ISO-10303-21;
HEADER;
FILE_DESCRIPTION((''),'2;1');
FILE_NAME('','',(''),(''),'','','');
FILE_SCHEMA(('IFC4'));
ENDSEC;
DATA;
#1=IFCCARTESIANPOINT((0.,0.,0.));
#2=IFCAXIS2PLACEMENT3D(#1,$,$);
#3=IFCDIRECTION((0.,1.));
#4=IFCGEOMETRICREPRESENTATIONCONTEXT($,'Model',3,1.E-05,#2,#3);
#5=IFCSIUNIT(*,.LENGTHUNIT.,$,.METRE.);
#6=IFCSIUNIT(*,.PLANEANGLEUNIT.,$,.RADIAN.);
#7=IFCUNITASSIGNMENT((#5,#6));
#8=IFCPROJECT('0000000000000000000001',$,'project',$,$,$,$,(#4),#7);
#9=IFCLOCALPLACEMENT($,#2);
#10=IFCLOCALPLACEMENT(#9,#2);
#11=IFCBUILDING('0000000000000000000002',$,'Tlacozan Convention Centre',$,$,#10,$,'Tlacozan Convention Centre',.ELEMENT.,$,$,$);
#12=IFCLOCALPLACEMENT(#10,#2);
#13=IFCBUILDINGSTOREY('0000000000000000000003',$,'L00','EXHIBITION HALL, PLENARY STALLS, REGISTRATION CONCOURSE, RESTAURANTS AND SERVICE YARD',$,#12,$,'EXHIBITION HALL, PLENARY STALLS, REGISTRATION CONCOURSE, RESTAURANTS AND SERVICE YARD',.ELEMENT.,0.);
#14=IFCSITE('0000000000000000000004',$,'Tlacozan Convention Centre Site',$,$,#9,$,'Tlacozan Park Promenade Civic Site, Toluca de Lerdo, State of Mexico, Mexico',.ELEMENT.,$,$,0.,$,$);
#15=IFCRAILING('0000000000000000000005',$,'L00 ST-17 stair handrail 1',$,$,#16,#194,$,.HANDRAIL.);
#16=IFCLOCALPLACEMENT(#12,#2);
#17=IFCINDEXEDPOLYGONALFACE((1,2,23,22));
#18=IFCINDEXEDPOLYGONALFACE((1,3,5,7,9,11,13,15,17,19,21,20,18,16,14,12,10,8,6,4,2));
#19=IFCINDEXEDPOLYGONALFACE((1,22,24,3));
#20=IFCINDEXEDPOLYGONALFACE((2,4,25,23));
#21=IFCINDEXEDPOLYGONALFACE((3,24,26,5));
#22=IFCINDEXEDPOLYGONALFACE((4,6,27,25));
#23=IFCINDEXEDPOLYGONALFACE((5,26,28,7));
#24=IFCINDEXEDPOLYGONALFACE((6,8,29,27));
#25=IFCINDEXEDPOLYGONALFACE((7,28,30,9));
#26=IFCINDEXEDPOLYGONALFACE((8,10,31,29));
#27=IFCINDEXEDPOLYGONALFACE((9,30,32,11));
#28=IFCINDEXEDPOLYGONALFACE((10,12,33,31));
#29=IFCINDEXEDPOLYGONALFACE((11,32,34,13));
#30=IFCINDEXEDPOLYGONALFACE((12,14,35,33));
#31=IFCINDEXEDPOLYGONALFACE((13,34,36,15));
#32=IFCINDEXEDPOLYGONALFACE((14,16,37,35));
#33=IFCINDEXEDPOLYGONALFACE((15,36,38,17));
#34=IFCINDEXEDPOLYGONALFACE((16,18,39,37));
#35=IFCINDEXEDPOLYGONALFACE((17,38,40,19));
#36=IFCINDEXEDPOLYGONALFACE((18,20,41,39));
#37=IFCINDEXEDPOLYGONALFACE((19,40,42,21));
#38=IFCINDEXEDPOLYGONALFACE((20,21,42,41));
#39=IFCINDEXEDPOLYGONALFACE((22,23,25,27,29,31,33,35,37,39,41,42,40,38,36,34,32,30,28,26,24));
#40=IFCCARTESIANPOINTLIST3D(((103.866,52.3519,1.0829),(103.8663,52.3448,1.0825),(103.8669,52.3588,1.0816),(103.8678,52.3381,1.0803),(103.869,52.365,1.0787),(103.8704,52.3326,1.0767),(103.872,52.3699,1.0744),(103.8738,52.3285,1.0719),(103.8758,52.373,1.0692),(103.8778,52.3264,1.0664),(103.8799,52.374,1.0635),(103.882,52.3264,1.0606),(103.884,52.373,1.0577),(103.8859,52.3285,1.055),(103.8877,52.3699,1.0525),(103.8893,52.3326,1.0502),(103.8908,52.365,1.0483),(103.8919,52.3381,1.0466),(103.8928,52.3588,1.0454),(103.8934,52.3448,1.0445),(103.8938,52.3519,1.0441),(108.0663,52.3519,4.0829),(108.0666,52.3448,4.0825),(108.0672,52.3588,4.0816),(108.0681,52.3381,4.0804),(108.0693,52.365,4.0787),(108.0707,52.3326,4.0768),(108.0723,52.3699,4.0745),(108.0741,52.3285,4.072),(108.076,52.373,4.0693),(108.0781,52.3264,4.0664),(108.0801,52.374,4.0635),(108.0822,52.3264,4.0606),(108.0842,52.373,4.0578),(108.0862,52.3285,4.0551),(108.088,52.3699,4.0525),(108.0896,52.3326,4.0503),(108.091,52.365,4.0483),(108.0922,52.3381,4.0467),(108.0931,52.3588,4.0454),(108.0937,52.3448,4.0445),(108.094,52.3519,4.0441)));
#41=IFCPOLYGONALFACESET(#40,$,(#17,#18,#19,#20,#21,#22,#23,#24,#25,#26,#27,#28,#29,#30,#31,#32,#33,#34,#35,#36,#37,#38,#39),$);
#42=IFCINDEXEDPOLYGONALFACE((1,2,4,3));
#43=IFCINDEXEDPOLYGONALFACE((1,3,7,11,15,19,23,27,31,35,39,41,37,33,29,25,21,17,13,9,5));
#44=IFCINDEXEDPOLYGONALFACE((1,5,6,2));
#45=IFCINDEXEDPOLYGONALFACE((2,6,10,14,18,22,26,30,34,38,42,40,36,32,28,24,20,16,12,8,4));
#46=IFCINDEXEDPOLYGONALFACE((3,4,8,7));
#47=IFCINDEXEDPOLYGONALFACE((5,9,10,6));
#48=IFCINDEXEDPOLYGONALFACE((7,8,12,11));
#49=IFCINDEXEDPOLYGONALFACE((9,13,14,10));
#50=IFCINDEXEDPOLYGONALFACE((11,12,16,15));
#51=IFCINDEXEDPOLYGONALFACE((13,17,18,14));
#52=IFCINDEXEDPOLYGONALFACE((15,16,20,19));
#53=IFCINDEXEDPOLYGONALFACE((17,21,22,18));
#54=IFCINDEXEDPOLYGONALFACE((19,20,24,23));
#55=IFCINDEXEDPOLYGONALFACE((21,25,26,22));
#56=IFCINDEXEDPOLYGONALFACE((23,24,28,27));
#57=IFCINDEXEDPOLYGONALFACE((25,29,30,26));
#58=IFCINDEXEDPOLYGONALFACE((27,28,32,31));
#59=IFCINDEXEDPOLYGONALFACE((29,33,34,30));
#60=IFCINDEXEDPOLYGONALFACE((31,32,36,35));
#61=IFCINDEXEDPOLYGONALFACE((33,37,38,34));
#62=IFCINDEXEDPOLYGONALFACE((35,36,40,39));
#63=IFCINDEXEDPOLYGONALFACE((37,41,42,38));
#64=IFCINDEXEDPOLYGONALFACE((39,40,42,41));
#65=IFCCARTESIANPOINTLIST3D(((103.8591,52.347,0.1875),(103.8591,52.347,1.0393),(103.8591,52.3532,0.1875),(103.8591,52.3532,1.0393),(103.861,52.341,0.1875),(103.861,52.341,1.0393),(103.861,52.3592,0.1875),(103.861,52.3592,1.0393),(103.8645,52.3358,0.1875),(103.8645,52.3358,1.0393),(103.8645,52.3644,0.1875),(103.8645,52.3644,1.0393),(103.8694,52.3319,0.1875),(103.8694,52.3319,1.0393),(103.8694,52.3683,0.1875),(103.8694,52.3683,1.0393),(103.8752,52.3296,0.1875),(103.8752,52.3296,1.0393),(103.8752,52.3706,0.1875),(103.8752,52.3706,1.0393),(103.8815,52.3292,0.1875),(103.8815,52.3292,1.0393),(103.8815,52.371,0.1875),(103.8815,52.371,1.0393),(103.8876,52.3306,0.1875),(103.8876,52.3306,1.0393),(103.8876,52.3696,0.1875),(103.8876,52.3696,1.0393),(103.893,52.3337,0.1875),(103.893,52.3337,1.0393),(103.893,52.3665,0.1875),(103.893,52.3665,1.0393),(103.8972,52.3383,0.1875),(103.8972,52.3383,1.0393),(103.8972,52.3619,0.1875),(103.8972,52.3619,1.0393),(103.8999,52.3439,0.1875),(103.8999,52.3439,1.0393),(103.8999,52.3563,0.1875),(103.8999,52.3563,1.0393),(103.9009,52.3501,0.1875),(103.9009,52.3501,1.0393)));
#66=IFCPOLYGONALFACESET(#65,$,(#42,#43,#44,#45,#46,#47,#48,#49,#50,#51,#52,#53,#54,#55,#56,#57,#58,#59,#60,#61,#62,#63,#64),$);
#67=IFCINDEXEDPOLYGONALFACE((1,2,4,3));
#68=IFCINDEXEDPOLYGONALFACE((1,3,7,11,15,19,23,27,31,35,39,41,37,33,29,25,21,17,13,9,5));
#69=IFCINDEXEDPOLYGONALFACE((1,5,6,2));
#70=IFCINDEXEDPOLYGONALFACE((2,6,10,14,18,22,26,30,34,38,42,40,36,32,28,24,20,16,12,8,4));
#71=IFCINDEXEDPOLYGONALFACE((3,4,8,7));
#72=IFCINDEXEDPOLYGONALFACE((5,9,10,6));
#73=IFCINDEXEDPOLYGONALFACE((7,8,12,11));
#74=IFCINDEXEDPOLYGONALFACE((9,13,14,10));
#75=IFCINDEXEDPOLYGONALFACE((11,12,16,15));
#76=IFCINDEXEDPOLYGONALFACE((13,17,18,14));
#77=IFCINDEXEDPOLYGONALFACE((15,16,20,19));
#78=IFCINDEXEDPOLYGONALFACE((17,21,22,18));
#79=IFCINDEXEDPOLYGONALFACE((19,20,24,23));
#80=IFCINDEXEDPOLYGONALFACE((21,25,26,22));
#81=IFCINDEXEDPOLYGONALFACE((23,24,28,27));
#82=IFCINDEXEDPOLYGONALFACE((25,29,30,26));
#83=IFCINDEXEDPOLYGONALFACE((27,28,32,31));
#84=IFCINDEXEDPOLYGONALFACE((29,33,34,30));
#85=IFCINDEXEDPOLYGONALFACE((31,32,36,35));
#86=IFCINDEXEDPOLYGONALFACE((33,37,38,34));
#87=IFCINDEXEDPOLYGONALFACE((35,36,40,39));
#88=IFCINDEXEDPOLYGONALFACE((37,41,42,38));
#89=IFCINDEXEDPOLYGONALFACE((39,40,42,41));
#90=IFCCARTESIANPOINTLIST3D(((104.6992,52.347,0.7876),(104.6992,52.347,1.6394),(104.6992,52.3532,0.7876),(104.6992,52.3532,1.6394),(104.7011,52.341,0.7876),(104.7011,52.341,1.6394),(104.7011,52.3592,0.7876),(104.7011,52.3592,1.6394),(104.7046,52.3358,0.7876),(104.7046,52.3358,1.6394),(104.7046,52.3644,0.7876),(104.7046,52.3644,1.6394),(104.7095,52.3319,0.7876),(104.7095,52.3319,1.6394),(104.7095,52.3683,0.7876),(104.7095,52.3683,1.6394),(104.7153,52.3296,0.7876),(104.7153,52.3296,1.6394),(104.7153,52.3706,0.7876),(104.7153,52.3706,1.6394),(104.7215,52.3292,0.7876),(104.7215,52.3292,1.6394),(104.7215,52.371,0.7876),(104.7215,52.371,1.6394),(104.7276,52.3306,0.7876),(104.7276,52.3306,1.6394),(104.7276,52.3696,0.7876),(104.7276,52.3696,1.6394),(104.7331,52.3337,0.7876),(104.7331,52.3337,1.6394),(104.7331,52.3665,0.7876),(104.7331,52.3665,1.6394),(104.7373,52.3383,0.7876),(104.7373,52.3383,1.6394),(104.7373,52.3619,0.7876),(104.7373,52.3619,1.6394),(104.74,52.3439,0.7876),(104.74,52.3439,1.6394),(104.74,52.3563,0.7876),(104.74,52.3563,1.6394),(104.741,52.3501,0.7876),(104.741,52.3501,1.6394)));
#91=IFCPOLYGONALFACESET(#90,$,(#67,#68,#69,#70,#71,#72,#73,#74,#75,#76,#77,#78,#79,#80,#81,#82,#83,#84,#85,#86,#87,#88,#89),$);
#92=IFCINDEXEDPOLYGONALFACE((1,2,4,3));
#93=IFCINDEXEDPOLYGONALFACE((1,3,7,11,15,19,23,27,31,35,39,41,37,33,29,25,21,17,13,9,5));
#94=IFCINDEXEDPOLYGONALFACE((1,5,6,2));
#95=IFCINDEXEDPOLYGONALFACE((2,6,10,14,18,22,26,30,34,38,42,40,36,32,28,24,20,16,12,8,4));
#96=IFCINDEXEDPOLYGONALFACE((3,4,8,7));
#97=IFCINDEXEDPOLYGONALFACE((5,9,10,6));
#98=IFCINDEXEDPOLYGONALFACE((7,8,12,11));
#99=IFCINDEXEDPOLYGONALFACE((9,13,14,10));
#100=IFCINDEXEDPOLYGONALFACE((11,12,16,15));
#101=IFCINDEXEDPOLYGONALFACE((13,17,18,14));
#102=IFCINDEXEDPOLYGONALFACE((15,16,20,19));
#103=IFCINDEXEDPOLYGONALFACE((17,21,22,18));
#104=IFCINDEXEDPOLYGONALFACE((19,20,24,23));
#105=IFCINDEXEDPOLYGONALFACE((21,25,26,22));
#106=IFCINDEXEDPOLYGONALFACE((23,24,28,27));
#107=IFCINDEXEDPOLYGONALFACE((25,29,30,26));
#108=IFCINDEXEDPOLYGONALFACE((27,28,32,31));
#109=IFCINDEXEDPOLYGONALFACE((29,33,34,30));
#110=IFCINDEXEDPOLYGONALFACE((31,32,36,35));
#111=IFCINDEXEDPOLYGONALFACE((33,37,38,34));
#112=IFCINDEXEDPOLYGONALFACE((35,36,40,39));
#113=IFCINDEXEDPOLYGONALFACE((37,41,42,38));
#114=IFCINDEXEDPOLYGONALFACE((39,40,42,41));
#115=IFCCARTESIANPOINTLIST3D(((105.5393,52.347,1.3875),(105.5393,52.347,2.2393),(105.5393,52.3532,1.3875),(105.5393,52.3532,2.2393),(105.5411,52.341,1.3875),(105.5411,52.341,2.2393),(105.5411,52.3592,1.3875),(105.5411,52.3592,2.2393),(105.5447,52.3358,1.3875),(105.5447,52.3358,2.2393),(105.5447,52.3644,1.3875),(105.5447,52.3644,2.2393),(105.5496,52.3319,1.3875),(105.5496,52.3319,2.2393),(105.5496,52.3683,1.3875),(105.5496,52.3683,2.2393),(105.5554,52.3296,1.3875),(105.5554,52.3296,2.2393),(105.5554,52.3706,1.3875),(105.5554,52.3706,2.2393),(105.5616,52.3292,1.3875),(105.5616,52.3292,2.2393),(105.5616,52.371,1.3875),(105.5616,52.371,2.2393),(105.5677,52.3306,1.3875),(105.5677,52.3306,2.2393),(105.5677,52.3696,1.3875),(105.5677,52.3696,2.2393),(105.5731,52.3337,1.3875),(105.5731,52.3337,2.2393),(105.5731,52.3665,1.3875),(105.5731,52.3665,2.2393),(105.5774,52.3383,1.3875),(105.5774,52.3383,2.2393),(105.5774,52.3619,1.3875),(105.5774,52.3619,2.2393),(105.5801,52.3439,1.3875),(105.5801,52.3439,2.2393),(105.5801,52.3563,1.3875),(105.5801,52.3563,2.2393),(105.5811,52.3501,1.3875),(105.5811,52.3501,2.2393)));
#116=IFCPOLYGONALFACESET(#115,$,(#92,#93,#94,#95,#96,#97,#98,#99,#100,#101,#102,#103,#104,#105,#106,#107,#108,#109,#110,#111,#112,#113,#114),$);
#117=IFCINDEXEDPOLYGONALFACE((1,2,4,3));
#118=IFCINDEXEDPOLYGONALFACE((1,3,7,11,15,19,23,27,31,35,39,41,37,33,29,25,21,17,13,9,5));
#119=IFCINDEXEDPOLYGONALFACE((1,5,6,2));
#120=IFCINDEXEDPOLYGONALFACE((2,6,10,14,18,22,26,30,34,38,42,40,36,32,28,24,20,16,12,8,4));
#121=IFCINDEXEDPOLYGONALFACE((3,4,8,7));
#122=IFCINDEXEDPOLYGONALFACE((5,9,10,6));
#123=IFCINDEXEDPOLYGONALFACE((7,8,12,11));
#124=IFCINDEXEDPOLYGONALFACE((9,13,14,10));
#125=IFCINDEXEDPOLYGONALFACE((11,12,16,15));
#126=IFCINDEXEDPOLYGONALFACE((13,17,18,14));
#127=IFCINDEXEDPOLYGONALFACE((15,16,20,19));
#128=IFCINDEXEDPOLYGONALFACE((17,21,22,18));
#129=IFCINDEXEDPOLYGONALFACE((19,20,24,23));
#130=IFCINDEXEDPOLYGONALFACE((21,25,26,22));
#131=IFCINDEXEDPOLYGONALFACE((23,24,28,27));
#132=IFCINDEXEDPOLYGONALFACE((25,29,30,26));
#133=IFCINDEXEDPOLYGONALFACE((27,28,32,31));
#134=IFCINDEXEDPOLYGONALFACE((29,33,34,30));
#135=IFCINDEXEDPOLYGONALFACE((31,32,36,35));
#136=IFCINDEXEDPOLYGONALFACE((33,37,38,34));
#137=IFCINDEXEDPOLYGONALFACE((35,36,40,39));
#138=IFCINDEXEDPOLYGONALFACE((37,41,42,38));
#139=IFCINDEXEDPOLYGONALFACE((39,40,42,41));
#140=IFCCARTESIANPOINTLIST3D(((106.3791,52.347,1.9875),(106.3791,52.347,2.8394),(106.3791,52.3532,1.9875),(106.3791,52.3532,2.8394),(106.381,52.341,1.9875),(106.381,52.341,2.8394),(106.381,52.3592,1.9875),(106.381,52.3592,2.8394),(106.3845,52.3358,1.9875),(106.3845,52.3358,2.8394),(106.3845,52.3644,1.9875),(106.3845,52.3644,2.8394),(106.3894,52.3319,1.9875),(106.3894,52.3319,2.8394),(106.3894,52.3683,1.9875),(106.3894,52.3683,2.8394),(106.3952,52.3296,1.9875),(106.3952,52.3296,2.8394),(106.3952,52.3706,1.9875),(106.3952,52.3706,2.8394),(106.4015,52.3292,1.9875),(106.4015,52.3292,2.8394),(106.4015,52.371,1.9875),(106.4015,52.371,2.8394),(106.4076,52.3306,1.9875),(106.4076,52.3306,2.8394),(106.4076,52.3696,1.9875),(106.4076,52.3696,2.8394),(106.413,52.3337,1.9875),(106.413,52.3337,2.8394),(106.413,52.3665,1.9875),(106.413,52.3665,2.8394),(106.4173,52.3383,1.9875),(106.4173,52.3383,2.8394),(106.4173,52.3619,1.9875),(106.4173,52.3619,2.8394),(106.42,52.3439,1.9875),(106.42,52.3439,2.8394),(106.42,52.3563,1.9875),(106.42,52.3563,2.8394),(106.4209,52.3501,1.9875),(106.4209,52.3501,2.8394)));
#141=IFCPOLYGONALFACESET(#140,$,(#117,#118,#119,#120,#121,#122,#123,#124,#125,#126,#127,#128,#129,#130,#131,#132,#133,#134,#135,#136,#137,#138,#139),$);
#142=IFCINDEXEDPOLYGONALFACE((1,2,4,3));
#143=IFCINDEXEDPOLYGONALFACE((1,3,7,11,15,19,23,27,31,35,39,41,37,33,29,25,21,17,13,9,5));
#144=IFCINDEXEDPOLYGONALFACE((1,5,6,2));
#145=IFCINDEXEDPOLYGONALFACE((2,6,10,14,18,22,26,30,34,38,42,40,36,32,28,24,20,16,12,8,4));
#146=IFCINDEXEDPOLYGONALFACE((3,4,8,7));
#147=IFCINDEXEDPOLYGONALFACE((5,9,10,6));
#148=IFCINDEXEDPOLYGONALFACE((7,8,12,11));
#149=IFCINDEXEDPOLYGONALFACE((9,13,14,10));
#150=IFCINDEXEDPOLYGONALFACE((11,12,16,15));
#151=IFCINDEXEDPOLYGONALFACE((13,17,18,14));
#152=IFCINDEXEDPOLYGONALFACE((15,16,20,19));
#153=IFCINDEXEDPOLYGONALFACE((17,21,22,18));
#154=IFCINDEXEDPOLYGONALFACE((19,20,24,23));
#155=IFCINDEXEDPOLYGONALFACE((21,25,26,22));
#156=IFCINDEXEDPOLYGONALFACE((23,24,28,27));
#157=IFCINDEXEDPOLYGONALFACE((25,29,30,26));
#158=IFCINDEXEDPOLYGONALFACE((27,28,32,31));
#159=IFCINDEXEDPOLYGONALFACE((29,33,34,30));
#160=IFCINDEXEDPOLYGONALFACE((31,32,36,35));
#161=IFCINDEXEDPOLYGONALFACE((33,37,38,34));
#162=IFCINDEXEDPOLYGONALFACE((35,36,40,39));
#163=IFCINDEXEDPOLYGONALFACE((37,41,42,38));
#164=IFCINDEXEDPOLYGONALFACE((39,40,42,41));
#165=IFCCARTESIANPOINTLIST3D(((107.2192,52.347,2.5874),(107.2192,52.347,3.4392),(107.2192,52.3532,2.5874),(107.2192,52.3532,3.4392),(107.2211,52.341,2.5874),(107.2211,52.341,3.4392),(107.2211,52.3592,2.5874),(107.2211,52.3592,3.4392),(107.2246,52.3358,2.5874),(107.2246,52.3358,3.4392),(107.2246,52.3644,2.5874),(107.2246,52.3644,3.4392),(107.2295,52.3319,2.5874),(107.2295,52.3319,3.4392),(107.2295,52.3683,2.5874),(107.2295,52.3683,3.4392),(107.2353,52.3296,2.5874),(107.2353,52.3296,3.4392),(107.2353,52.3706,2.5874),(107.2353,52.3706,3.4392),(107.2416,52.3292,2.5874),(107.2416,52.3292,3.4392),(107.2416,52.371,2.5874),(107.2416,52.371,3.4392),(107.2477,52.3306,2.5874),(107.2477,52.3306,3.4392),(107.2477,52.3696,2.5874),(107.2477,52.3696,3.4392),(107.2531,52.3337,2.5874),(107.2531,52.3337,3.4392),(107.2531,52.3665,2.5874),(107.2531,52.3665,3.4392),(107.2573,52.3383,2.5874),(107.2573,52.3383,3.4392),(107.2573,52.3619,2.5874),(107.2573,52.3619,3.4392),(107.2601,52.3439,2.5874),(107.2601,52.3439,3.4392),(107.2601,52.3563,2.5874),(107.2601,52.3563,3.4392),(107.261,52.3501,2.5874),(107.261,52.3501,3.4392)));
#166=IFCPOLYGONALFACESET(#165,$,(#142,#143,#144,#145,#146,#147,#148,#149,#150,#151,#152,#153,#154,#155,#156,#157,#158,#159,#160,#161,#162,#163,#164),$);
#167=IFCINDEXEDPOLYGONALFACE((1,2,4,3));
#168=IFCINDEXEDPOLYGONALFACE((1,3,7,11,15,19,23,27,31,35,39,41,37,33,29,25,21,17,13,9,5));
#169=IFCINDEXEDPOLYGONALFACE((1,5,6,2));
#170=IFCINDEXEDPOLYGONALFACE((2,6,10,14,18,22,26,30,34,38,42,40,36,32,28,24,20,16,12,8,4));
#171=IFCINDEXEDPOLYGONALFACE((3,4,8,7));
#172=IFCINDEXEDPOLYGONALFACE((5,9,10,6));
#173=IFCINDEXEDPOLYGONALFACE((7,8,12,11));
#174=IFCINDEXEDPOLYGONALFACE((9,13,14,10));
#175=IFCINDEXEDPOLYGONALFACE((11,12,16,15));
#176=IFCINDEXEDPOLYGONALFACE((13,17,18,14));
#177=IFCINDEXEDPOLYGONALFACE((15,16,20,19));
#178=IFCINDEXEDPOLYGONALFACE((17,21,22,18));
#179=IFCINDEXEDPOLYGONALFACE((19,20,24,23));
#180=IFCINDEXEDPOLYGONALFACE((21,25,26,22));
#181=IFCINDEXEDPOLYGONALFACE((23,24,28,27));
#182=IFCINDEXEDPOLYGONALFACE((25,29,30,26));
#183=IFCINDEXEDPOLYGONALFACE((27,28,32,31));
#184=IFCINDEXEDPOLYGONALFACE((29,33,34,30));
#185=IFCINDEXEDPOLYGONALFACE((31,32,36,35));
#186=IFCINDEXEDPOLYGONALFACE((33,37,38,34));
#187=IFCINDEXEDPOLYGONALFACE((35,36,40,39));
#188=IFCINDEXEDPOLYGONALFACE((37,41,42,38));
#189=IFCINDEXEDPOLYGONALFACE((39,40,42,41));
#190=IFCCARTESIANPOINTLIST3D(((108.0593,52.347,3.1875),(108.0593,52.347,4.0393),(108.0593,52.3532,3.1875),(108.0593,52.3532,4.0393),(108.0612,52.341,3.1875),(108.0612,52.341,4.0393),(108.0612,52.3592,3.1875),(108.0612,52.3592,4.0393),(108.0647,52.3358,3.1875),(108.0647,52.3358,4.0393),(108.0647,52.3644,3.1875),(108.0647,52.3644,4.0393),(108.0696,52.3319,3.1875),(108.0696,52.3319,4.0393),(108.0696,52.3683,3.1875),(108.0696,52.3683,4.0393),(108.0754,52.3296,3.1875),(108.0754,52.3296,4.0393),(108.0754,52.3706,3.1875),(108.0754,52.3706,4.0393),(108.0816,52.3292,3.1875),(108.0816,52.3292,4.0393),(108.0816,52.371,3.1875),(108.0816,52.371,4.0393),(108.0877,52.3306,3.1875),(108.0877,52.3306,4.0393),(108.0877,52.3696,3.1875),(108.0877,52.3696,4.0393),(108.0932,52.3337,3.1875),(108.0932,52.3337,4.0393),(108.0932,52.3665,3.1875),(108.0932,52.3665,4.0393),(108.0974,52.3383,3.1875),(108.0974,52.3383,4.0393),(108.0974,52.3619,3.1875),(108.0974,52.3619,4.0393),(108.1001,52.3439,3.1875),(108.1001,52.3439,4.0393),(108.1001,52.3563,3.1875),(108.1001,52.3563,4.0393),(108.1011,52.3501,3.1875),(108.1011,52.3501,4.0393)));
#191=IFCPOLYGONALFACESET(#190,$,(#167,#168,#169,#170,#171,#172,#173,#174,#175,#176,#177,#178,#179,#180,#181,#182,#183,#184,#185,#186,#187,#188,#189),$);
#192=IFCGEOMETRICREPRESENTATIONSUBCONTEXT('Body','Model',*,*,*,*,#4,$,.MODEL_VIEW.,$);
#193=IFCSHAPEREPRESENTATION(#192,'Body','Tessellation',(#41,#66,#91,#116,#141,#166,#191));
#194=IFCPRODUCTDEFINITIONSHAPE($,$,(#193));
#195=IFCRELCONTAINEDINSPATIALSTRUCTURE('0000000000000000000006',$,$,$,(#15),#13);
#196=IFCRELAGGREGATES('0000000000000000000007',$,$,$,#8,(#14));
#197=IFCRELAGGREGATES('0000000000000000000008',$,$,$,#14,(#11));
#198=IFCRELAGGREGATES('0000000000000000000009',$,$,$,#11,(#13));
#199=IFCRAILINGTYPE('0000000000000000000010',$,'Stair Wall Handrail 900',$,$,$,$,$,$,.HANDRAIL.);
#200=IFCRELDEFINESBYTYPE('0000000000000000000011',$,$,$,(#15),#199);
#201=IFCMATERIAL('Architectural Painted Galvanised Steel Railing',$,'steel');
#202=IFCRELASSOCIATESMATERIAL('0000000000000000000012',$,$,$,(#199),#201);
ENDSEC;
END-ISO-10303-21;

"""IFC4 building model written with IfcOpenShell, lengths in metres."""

from ifc_helpers import new_model, si_unit, direction, frame, origin, origin_2d, place, context, subcontext, project, spatial, circle, extrude, material, type_object, element, save


model = new_model("IFC4")

# Units and contexts
model_context = context("Model", 3, precision=1e-05, world=origin(), true_north=direction((0.0, 1.0)))
body_context = subcontext(model_context, "Body", "Model", "MODEL_VIEW")
ifc_project = project(units=[si_unit("LENGTHUNIT", "METRE"), si_unit("PLANEANGLEUNIT", "RADIAN")], contexts=[model_context])

# Site, building, storey
site_placement = place(None, origin())
site = spatial("IfcSite", under=ifc_project, at=site_placement, Name="Tlacozan Convention Centre Site", LongName="Tlacozan Park Promenade Civic Site, Toluca de Lerdo, State of Mexico, Mexico", CompositionType="ELEMENT", RefElevation=0.0)
building_placement = place(site_placement, origin())
building = spatial("IfcBuilding", under=site, at=building_placement, Name="Tlacozan Convention Centre", LongName="Tlacozan Convention Centre", CompositionType="ELEMENT")
storey_placement = place(building_placement, origin())
storey = spatial("IfcBuildingStorey", under=building, at=storey_placement, Name="L00", Description="EXHIBITION HALL, PLENARY STALLS, REGISTRATION CONCOURSE, RESTAURANTS AND SERVICE YARD", LongName="EXHIBITION HALL, PLENARY STALLS, REGISTRATION CONCOURSE, RESTAURANTS AND SERVICE YARD", CompositionType="ELEMENT", Elevation=0.0)

# Railing
ifc_material_1 = material(Name="Architectural Painted Galvanised Steel Railing", Category="steel")
railing_type_1 = type_object("IfcRailingType", Name="Stair Wall Handrail 900", PredefinedType="HANDRAIL", material=ifc_material_1)
railing_1_placement = place(storey_placement, frame((103.8799, 52.3501, 0.1875)))
element("IfcRailing", 1, at=railing_1_placement, inside=storey, type_object=railing_type_1, Name="L00 ST-17 stair handrail 1", PredefinedType="HANDRAIL", context=body_context, shape_type="SweptSolid", body=[
    extrude(circle(Radius=0.0239, at=origin_2d()), frame((0.0, 0.0, 0.876), z_axis=(0.813746, 0.0, 0.58122), x_axis=(0.0, 1.0, 0.0)), (0.0, 0.0, 1.0), 5.1616),
    extrude(circle(Radius=0.021, at=origin_2d()), origin(), (0.0, 0.0, 1.0), 0.8518),
    extrude(circle(Radius=0.021, at=origin_2d()), frame((0.8401, 0.0, 0.6001)), (0.0, 0.0, 1.0), 0.8518),
    extrude(circle(Radius=0.021, at=origin_2d()), frame((1.6802, 0.0, 1.2)), (0.0, 0.0, 1.0), 0.8518),
    extrude(circle(Radius=0.021, at=origin_2d()), frame((2.52, 0.0, 1.8)), (0.0, 0.0, 1.0), 0.8518),
    extrude(circle(Radius=0.021, at=origin_2d()), frame((3.3601, 0.0, 2.3999)), (0.0, 0.0, 1.0), 0.8518),
    extrude(circle(Radius=0.021, at=origin_2d()), frame((4.2002, 0.0, 3.0)), (0.0, 0.0, 1.0), 0.8518),
])

save(model, "model.ifc")
